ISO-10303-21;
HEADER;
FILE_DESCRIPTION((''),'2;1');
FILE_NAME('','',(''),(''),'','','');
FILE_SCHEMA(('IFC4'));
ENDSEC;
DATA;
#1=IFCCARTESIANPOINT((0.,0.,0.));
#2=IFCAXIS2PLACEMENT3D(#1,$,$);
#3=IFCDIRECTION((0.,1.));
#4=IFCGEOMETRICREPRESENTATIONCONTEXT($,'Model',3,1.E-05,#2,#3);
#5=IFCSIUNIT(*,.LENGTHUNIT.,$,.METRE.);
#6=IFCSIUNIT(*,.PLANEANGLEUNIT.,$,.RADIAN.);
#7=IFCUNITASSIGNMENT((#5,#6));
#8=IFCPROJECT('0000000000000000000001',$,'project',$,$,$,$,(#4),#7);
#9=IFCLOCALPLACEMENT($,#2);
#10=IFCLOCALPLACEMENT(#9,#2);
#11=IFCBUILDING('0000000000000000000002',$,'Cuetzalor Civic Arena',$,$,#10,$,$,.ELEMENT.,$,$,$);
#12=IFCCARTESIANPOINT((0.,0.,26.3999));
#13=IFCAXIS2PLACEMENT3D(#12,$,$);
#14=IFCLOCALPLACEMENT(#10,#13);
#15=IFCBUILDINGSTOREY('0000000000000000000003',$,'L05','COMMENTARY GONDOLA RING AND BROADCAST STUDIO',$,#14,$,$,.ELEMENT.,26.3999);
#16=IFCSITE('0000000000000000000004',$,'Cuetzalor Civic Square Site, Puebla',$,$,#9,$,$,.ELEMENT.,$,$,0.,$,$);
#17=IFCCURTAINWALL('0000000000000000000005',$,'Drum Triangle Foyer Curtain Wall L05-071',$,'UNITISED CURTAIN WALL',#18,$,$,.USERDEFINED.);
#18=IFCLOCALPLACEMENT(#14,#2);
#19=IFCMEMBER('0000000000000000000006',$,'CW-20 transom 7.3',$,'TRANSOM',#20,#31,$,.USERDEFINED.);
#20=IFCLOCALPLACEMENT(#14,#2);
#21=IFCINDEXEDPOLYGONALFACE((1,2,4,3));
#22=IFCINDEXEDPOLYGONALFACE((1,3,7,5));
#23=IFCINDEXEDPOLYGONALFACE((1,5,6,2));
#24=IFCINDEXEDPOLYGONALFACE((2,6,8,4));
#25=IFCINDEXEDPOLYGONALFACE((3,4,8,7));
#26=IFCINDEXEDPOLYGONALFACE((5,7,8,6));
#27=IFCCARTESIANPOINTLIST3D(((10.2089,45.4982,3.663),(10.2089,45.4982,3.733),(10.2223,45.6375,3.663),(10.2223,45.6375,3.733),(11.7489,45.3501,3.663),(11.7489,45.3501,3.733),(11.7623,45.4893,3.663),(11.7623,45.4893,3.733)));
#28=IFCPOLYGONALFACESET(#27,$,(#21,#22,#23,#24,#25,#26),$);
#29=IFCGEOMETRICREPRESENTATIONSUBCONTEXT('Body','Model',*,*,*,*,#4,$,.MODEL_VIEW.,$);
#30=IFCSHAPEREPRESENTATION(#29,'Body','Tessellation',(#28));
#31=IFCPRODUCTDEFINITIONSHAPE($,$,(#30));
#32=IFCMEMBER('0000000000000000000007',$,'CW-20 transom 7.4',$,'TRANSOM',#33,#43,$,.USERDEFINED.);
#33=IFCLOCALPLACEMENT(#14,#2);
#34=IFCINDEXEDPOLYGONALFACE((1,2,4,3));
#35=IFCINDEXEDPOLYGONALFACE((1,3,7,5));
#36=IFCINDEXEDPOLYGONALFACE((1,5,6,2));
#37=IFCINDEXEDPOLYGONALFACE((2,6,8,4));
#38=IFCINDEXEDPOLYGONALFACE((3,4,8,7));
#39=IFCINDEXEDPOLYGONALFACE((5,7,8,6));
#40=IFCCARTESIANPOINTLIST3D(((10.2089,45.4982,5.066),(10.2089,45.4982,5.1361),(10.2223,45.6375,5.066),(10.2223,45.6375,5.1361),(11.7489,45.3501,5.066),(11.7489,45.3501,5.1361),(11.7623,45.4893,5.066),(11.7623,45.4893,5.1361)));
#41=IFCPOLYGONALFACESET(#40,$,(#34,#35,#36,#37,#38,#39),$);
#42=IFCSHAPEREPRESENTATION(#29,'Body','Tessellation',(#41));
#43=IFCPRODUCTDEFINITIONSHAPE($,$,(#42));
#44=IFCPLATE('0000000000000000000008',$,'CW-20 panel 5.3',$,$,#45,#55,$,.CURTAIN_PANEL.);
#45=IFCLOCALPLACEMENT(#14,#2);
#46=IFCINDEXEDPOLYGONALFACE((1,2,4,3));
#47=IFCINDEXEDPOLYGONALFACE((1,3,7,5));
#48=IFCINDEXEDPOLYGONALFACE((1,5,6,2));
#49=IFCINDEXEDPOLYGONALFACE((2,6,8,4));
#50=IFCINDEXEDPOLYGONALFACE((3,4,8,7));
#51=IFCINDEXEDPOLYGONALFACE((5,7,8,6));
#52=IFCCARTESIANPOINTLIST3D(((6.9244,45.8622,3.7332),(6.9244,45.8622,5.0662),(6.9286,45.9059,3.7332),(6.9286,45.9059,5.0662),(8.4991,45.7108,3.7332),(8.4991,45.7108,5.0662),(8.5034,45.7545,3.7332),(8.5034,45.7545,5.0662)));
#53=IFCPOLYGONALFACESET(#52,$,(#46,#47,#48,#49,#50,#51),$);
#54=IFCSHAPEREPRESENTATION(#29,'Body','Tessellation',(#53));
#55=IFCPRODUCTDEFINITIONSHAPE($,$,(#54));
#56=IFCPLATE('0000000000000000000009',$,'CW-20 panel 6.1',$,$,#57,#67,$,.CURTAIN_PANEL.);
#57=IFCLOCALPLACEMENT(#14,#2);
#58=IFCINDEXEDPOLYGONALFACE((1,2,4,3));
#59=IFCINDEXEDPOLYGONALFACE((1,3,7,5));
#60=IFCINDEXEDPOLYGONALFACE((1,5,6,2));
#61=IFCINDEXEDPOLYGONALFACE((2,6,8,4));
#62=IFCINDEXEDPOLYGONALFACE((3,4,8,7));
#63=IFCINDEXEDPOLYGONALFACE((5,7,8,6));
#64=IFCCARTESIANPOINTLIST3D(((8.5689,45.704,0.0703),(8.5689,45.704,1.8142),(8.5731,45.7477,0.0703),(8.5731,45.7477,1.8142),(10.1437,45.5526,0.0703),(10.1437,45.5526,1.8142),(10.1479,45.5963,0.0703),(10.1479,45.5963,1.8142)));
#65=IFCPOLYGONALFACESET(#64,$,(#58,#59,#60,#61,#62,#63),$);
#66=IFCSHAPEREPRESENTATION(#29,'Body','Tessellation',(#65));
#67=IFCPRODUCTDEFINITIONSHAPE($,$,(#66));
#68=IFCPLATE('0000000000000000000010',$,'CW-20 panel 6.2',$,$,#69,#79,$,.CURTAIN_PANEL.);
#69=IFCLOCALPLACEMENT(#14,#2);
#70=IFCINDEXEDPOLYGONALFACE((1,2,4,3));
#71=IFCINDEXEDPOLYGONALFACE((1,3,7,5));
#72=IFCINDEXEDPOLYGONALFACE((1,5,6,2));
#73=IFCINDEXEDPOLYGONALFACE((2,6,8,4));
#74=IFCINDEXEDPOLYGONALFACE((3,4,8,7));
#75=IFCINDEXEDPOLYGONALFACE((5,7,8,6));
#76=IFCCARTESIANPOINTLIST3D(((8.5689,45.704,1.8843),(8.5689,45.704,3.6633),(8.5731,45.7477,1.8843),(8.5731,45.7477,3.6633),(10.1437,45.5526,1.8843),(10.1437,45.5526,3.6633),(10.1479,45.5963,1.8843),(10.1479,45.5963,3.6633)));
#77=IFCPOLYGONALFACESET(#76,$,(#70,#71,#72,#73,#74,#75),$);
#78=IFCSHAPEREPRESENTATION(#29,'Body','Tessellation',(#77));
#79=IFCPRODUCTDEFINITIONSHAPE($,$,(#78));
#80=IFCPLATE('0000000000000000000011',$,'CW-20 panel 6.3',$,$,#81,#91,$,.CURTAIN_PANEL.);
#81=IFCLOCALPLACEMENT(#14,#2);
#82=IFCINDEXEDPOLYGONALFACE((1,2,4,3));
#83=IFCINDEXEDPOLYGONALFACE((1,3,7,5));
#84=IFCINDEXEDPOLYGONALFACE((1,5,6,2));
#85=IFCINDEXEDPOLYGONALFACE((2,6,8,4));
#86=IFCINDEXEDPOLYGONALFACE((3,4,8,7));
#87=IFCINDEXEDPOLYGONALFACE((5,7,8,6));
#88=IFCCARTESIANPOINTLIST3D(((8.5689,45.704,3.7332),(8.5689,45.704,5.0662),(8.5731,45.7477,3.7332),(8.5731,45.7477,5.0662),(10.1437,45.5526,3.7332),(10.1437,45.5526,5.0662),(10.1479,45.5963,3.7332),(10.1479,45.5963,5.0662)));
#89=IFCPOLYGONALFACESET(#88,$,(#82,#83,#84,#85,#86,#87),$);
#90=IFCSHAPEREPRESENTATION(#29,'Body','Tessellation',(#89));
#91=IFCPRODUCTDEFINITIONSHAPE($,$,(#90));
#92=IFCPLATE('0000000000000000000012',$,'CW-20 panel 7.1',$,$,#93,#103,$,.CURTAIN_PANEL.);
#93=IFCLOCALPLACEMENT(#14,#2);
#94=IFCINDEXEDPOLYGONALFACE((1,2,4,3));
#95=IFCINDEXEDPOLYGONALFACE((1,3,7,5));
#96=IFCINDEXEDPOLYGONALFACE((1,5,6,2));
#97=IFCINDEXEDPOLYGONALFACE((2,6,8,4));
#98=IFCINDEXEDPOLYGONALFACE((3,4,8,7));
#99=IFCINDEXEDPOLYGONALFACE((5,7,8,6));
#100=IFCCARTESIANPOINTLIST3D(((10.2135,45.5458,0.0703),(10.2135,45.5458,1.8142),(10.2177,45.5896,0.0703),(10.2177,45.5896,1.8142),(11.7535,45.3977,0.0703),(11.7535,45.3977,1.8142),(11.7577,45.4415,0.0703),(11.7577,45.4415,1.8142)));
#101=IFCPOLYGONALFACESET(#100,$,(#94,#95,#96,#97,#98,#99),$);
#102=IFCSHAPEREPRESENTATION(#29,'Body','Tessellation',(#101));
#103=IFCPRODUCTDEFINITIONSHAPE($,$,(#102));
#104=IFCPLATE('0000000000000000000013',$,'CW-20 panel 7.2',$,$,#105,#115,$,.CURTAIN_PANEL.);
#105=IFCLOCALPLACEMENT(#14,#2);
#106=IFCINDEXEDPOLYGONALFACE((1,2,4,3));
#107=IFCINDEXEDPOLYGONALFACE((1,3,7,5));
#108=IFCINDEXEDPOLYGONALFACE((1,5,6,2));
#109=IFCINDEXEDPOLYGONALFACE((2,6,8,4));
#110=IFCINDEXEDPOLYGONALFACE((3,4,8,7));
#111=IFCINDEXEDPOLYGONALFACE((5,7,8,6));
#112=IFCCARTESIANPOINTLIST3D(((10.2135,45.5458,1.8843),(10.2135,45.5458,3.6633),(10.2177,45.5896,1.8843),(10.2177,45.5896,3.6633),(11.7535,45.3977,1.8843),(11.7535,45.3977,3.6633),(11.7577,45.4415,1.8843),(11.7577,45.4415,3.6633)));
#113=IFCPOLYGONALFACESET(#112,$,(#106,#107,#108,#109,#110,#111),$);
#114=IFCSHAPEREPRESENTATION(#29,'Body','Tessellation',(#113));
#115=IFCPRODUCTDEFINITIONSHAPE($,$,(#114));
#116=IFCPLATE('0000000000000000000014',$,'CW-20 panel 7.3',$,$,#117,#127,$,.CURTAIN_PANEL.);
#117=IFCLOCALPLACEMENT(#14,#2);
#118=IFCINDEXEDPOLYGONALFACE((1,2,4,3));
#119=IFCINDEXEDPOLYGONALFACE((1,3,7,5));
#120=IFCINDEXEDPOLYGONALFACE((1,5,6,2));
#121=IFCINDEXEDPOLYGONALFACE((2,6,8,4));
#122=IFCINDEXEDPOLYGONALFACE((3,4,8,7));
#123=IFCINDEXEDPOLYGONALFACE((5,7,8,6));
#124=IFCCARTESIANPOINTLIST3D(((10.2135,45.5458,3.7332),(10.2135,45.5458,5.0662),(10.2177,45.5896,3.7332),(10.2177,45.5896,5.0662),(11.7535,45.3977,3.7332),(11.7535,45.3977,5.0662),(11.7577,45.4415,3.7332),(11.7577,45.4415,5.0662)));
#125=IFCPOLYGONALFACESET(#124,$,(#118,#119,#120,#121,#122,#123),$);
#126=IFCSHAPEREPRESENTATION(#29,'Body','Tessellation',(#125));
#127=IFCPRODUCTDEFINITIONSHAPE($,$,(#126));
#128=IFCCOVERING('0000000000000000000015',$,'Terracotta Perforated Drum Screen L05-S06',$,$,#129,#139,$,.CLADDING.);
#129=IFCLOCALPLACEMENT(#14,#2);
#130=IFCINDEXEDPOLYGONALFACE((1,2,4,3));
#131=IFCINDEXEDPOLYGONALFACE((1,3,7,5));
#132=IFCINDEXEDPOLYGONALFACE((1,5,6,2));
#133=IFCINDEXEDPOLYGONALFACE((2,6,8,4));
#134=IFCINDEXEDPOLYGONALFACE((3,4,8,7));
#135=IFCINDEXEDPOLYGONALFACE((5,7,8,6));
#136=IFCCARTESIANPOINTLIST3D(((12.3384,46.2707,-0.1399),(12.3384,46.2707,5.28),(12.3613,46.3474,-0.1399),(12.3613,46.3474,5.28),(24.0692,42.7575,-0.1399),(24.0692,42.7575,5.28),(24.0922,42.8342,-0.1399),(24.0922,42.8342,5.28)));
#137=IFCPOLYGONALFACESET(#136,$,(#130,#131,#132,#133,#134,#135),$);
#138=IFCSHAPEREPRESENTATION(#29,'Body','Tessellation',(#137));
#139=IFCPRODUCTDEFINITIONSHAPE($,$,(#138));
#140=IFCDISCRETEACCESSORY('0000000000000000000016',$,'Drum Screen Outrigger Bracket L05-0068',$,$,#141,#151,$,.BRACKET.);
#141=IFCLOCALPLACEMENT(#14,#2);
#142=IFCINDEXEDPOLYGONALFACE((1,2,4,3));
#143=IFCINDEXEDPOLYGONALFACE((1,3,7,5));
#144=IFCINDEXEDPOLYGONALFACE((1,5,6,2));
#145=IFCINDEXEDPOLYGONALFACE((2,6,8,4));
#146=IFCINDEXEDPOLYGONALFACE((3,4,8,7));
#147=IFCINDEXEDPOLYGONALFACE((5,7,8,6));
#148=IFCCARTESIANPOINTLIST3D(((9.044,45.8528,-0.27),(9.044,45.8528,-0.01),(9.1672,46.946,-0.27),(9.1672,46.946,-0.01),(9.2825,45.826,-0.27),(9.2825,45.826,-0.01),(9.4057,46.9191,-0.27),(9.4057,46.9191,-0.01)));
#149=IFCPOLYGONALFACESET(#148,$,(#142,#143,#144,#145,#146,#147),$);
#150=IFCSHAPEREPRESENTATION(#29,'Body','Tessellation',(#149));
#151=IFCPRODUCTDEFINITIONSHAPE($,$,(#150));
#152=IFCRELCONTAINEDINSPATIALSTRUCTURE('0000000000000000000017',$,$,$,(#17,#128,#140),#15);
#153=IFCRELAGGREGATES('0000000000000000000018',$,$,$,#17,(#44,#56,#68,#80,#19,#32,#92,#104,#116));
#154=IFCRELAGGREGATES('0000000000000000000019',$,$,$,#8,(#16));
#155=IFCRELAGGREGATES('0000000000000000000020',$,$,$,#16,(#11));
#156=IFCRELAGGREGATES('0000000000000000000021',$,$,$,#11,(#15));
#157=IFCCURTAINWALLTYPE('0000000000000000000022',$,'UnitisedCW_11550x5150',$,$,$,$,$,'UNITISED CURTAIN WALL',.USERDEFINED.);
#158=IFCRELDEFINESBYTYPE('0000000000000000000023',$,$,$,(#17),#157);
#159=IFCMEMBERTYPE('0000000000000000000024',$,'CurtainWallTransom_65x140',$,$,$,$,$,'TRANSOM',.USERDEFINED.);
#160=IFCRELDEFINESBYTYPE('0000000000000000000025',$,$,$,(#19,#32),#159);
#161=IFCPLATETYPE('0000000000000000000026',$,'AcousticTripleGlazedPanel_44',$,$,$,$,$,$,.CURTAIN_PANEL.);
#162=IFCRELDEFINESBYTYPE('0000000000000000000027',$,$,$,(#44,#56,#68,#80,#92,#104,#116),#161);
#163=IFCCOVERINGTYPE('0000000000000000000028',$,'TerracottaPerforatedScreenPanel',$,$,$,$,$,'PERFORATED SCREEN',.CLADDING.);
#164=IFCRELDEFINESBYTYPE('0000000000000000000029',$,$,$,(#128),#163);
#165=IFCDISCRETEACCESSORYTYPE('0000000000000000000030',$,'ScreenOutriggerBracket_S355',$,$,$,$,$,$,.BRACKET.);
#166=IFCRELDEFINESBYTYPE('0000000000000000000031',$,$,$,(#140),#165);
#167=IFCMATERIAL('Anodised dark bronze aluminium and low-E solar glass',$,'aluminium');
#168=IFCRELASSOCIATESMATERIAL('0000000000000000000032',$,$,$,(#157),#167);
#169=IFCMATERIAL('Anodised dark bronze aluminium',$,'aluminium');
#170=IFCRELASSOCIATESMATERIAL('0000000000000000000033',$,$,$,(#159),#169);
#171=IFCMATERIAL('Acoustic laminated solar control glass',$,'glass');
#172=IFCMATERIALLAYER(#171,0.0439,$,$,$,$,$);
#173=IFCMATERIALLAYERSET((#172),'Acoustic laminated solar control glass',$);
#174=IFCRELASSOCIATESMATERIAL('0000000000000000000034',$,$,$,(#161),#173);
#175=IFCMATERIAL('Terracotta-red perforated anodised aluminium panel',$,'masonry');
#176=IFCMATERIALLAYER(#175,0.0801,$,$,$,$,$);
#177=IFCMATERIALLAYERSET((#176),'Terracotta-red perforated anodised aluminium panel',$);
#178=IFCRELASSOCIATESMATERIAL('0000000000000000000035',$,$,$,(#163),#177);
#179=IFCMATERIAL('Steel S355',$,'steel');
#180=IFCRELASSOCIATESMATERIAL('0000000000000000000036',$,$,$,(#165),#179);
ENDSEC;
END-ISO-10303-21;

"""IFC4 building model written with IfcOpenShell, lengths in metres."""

from ifc_helpers import new_model, si_unit, direction, frame, frame_2d, origin, origin_2d, place, context, subcontext, project, spatial, rectangle, extrude, material, layer, layer_set, material_profile, profile_set, type_object, element, aggregate, save


model = new_model("IFC4")

# Units and contexts
model_context = context("Model", 3, precision=1e-05, world=origin(), true_north=direction((0.0, 1.0)))
body_context = subcontext(model_context, "Body", "Model", "MODEL_VIEW")
ifc_project = project(units=[si_unit("LENGTHUNIT", "METRE"), si_unit("PLANEANGLEUNIT", "RADIAN")], contexts=[model_context])

# Site, building, storey
site_placement = place(None, origin())
site = spatial("IfcSite", under=ifc_project, at=site_placement, Name="Cuetzalor Civic Square Site, Puebla", CompositionType="ELEMENT", RefElevation=0.0)
building_placement = place(site_placement, origin())
building = spatial("IfcBuilding", under=site, at=building_placement, Name="Cuetzalor Civic Arena", CompositionType="ELEMENT")
storey_placement = place(building_placement, frame((0.0, 0.0, 26.3999)))
storey = spatial("IfcBuildingStorey", under=building, at=storey_placement, Name="L05", Description="COMMENTARY GONDOLA RING AND BROADCAST STUDIO", CompositionType="ELEMENT", Elevation=26.3999)

# Curtain wall, members, plates
ifc_material_1 = material(Name="Anodised dark bronze aluminium and low-E solar glass", Category="aluminium")
curtain_wall_type = type_object("IfcCurtainWallType", Name="UnitisedCW_11550x5150", ElementType="UNITISED CURTAIN WALL", PredefinedType="USERDEFINED", material=ifc_material_1)
curtain_wall_placement = place(storey_placement, origin())
curtain_wall = element("IfcCurtainWall", 1, at=curtain_wall_placement, inside=storey, type_object=curtain_wall_type, Name="Drum Triangle Foyer Curtain Wall L05-071", ObjectType="UNITISED CURTAIN WALL", PredefinedType="USERDEFINED")
ifc_material_2 = material(Name="Anodised dark bronze aluminium", Category="aluminium")
ifc_material_profile_1 = material_profile(ifc_material_2, rectangle(XDim=0.1399, YDim=0.0701, at=origin_2d()), Name="ALU TRANSOM 70x140")
ifc_profile_set_1 = profile_set([ifc_material_profile_1], Name="Anodised dark bronze aluminium")
member_type_1 = type_object("IfcMemberType", Name="CurtainWallTransom_65x140", ElementType="TRANSOM", PredefinedType="USERDEFINED", material=ifc_profile_set_1)
member_1_placement = place(storey_placement, frame((10.2156, 45.5679, 3.698), z_axis=(0.995402, -0.095785, 0.0), x_axis=(0.095785, 0.995402, 0.0)))
member_1 = element("IfcMember", 2, at=member_1_placement, type_object=member_type_1, Name="CW-20 transom 7.3", ObjectType="TRANSOM", PredefinedType="USERDEFINED", context=body_context, shape_type="SweptSolid", body=[
    extrude(rectangle(XDim=0.1399, YDim=0.0701, at=origin_2d()), origin(), (0.0, 0.0, 1.0), 1.5471),
])
member_2_placement = place(storey_placement, frame((10.2156, 45.5679, 5.1011), z_axis=(0.995402, -0.095785, 0.0), x_axis=(0.095785, 0.995402, 0.0)))
member_2 = element("IfcMember", 3, at=member_2_placement, type_object=member_type_1, Name="CW-20 transom 7.4", ObjectType="TRANSOM", PredefinedType="USERDEFINED", context=body_context, shape_type="SweptSolid", body=[
    extrude(rectangle(XDim=0.1399, YDim=0.0701, at=origin_2d()), origin(), (0.0, 0.0, 1.0), 1.5471),
])
ifc_material_3 = material(Name="Acoustic laminated solar control glass", Category="glass")
ifc_layer_1 = layer(ifc_material_3, 0.0439)
ifc_layer_set_1 = layer_set([ifc_layer_1], Name="Acoustic laminated solar control glass")
plate_type = type_object("IfcPlateType", Name="AcousticTripleGlazedPanel_44", PredefinedType="CURTAIN_PANEL", material=ifc_layer_set_1)
plate_1_placement = place(storey_placement, frame((7.7139, 45.8083, 3.7332), z_axis=(0.0, 0.0, 1.0), x_axis=(0.995409, -0.095711, 0.0)))
plate_1 = element("IfcPlate", 4, at=plate_1_placement, type_object=plate_type, Name="CW-20 panel 5.3", PredefinedType="CURTAIN_PANEL", context=body_context, shape_type="SweptSolid", body=[
    extrude(rectangle(XDim=1.582, YDim=0.0439, at=origin_2d()), origin(), (0.0, 0.0, 1.0), 1.333),
])
plate_2_placement = place(storey_placement, frame((9.3584, 45.6501, 0.0703), z_axis=(0.0, 0.0, 1.0), x_axis=(0.995409, -0.095711, 0.0)))
plate_2 = element("IfcPlate", 5, at=plate_2_placement, type_object=plate_type, Name="CW-20 panel 6.1", PredefinedType="CURTAIN_PANEL", context=body_context, shape_type="SweptSolid", body=[
    extrude(rectangle(XDim=1.582, YDim=0.0439, at=origin_2d()), origin(), (0.0, 0.0, 1.0), 1.7439),
])
plate_3_placement = place(storey_placement, frame((9.3584, 45.6501, 1.8843), z_axis=(0.0, 0.0, 1.0), x_axis=(0.995409, -0.095711, 0.0)))
plate_3 = element("IfcPlate", 6, at=plate_3_placement, type_object=plate_type, Name="CW-20 panel 6.2", PredefinedType="CURTAIN_PANEL", context=body_context, shape_type="SweptSolid", body=[
    extrude(rectangle(XDim=1.582, YDim=0.0439, at=origin_2d()), origin(), (0.0, 0.0, 1.0), 1.7791),
])
plate_4_placement = place(storey_placement, frame((9.3584, 45.6501, 3.7332), z_axis=(0.0, 0.0, 1.0), x_axis=(0.995409, -0.095711, 0.0)))
plate_4 = element("IfcPlate", 7, at=plate_4_placement, type_object=plate_type, Name="CW-20 panel 6.3", PredefinedType="CURTAIN_PANEL", context=body_context, shape_type="SweptSolid", body=[
    extrude(rectangle(XDim=1.582, YDim=0.0439, at=origin_2d()), origin(), (0.0, 0.0, 1.0), 1.333),
])
plate_5_placement = place(storey_placement, frame((10.9856, 45.4937, 0.0703), z_axis=(0.0, 0.0, 1.0), x_axis=(0.995409, -0.095711, 0.0)))
plate_5 = element("IfcPlate", 8, at=plate_5_placement, type_object=plate_type, Name="CW-20 panel 7.1", PredefinedType="CURTAIN_PANEL", context=body_context, shape_type="SweptSolid", body=[
    extrude(rectangle(XDim=1.5471, YDim=0.0439, at=origin_2d()), origin(), (0.0, 0.0, 1.0), 1.7439),
])
plate_6_placement = place(storey_placement, frame((10.9856, 45.4937, 1.8843), z_axis=(0.0, 0.0, 1.0), x_axis=(0.995409, -0.095711, 0.0)))
plate_6 = element("IfcPlate", 9, at=plate_6_placement, type_object=plate_type, Name="CW-20 panel 7.2", PredefinedType="CURTAIN_PANEL", context=body_context, shape_type="SweptSolid", body=[
    extrude(rectangle(XDim=1.5471, YDim=0.0439, at=origin_2d()), origin(), (0.0, 0.0, 1.0), 1.7791),
])
plate_7_placement = place(storey_placement, frame((10.9856, 45.4937, 3.7332), z_axis=(0.0, 0.0, 1.0), x_axis=(0.995409, -0.095711, 0.0)))
plate_7 = element("IfcPlate", 10, at=plate_7_placement, type_object=plate_type, Name="CW-20 panel 7.3", PredefinedType="CURTAIN_PANEL", context=body_context, shape_type="SweptSolid", body=[
    extrude(rectangle(XDim=1.5471, YDim=0.0439, at=origin_2d()), origin(), (0.0, 0.0, 1.0), 1.333),
])
aggregate(curtain_wall, [plate_1, plate_2, plate_3, plate_4, member_1, member_2, plate_5, plate_6, plate_7])

# Covering
ifc_material_4 = material(Name="Terracotta-red perforated anodised aluminium panel", Category="masonry")
ifc_layer_2 = layer(ifc_material_4, 0.0801)
ifc_layer_set_2 = layer_set([ifc_layer_2], Name="Terracotta-red perforated anodised aluminium panel")
covering_type = type_object("IfcCoveringType", Name="TerracottaPerforatedScreenPanel", ElementType="PERFORATED SCREEN", PredefinedType="CLADDING", material=ifc_layer_set_2)
covering_placement = place(storey_placement, frame((12.3499, 46.3091, -0.1399), z_axis=(0.0, 0.0, 1.0), x_axis=(0.957962, -0.286896, 0.0)))
element("IfcCovering", 11, at=covering_placement, inside=storey, type_object=covering_type, Name="Terracotta Perforated Drum Screen L05-S06", PredefinedType="CLADDING", context=body_context, shape_type="SweptSolid", body=[
    extrude(rectangle(XDim=12.2456, YDim=0.0801, at=frame_2d((6.1228, 0.0))), origin(), (0.0, 0.0, 1.0), 5.4199),
])

# Discrete accessory
ifc_material_5 = material(Name="Steel S355", Category="steel")
discrete_accessory_type = type_object("IfcDiscreteAccessoryType", Name="ScreenOutriggerBracket_S355", PredefinedType="BRACKET", material=ifc_material_5)
discrete_accessory_placement = place(storey_placement, frame((9.2249, 46.386, -0.27), z_axis=(0.0, 0.0, 1.0), x_axis=(0.111989, 0.993709, 0.0)))
element("IfcDiscreteAccessory", 12, at=discrete_accessory_placement, inside=storey, type_object=discrete_accessory_type, Name="Drum Screen Outrigger Bracket L05-0068", PredefinedType="BRACKET", context=body_context, shape_type="SweptSolid", body=[
    extrude(rectangle(XDim=1.1001, YDim=0.24, at=origin_2d()), origin(), (0.0, 0.0, 1.0), 0.26),
])

save(model, "model.ifc")
